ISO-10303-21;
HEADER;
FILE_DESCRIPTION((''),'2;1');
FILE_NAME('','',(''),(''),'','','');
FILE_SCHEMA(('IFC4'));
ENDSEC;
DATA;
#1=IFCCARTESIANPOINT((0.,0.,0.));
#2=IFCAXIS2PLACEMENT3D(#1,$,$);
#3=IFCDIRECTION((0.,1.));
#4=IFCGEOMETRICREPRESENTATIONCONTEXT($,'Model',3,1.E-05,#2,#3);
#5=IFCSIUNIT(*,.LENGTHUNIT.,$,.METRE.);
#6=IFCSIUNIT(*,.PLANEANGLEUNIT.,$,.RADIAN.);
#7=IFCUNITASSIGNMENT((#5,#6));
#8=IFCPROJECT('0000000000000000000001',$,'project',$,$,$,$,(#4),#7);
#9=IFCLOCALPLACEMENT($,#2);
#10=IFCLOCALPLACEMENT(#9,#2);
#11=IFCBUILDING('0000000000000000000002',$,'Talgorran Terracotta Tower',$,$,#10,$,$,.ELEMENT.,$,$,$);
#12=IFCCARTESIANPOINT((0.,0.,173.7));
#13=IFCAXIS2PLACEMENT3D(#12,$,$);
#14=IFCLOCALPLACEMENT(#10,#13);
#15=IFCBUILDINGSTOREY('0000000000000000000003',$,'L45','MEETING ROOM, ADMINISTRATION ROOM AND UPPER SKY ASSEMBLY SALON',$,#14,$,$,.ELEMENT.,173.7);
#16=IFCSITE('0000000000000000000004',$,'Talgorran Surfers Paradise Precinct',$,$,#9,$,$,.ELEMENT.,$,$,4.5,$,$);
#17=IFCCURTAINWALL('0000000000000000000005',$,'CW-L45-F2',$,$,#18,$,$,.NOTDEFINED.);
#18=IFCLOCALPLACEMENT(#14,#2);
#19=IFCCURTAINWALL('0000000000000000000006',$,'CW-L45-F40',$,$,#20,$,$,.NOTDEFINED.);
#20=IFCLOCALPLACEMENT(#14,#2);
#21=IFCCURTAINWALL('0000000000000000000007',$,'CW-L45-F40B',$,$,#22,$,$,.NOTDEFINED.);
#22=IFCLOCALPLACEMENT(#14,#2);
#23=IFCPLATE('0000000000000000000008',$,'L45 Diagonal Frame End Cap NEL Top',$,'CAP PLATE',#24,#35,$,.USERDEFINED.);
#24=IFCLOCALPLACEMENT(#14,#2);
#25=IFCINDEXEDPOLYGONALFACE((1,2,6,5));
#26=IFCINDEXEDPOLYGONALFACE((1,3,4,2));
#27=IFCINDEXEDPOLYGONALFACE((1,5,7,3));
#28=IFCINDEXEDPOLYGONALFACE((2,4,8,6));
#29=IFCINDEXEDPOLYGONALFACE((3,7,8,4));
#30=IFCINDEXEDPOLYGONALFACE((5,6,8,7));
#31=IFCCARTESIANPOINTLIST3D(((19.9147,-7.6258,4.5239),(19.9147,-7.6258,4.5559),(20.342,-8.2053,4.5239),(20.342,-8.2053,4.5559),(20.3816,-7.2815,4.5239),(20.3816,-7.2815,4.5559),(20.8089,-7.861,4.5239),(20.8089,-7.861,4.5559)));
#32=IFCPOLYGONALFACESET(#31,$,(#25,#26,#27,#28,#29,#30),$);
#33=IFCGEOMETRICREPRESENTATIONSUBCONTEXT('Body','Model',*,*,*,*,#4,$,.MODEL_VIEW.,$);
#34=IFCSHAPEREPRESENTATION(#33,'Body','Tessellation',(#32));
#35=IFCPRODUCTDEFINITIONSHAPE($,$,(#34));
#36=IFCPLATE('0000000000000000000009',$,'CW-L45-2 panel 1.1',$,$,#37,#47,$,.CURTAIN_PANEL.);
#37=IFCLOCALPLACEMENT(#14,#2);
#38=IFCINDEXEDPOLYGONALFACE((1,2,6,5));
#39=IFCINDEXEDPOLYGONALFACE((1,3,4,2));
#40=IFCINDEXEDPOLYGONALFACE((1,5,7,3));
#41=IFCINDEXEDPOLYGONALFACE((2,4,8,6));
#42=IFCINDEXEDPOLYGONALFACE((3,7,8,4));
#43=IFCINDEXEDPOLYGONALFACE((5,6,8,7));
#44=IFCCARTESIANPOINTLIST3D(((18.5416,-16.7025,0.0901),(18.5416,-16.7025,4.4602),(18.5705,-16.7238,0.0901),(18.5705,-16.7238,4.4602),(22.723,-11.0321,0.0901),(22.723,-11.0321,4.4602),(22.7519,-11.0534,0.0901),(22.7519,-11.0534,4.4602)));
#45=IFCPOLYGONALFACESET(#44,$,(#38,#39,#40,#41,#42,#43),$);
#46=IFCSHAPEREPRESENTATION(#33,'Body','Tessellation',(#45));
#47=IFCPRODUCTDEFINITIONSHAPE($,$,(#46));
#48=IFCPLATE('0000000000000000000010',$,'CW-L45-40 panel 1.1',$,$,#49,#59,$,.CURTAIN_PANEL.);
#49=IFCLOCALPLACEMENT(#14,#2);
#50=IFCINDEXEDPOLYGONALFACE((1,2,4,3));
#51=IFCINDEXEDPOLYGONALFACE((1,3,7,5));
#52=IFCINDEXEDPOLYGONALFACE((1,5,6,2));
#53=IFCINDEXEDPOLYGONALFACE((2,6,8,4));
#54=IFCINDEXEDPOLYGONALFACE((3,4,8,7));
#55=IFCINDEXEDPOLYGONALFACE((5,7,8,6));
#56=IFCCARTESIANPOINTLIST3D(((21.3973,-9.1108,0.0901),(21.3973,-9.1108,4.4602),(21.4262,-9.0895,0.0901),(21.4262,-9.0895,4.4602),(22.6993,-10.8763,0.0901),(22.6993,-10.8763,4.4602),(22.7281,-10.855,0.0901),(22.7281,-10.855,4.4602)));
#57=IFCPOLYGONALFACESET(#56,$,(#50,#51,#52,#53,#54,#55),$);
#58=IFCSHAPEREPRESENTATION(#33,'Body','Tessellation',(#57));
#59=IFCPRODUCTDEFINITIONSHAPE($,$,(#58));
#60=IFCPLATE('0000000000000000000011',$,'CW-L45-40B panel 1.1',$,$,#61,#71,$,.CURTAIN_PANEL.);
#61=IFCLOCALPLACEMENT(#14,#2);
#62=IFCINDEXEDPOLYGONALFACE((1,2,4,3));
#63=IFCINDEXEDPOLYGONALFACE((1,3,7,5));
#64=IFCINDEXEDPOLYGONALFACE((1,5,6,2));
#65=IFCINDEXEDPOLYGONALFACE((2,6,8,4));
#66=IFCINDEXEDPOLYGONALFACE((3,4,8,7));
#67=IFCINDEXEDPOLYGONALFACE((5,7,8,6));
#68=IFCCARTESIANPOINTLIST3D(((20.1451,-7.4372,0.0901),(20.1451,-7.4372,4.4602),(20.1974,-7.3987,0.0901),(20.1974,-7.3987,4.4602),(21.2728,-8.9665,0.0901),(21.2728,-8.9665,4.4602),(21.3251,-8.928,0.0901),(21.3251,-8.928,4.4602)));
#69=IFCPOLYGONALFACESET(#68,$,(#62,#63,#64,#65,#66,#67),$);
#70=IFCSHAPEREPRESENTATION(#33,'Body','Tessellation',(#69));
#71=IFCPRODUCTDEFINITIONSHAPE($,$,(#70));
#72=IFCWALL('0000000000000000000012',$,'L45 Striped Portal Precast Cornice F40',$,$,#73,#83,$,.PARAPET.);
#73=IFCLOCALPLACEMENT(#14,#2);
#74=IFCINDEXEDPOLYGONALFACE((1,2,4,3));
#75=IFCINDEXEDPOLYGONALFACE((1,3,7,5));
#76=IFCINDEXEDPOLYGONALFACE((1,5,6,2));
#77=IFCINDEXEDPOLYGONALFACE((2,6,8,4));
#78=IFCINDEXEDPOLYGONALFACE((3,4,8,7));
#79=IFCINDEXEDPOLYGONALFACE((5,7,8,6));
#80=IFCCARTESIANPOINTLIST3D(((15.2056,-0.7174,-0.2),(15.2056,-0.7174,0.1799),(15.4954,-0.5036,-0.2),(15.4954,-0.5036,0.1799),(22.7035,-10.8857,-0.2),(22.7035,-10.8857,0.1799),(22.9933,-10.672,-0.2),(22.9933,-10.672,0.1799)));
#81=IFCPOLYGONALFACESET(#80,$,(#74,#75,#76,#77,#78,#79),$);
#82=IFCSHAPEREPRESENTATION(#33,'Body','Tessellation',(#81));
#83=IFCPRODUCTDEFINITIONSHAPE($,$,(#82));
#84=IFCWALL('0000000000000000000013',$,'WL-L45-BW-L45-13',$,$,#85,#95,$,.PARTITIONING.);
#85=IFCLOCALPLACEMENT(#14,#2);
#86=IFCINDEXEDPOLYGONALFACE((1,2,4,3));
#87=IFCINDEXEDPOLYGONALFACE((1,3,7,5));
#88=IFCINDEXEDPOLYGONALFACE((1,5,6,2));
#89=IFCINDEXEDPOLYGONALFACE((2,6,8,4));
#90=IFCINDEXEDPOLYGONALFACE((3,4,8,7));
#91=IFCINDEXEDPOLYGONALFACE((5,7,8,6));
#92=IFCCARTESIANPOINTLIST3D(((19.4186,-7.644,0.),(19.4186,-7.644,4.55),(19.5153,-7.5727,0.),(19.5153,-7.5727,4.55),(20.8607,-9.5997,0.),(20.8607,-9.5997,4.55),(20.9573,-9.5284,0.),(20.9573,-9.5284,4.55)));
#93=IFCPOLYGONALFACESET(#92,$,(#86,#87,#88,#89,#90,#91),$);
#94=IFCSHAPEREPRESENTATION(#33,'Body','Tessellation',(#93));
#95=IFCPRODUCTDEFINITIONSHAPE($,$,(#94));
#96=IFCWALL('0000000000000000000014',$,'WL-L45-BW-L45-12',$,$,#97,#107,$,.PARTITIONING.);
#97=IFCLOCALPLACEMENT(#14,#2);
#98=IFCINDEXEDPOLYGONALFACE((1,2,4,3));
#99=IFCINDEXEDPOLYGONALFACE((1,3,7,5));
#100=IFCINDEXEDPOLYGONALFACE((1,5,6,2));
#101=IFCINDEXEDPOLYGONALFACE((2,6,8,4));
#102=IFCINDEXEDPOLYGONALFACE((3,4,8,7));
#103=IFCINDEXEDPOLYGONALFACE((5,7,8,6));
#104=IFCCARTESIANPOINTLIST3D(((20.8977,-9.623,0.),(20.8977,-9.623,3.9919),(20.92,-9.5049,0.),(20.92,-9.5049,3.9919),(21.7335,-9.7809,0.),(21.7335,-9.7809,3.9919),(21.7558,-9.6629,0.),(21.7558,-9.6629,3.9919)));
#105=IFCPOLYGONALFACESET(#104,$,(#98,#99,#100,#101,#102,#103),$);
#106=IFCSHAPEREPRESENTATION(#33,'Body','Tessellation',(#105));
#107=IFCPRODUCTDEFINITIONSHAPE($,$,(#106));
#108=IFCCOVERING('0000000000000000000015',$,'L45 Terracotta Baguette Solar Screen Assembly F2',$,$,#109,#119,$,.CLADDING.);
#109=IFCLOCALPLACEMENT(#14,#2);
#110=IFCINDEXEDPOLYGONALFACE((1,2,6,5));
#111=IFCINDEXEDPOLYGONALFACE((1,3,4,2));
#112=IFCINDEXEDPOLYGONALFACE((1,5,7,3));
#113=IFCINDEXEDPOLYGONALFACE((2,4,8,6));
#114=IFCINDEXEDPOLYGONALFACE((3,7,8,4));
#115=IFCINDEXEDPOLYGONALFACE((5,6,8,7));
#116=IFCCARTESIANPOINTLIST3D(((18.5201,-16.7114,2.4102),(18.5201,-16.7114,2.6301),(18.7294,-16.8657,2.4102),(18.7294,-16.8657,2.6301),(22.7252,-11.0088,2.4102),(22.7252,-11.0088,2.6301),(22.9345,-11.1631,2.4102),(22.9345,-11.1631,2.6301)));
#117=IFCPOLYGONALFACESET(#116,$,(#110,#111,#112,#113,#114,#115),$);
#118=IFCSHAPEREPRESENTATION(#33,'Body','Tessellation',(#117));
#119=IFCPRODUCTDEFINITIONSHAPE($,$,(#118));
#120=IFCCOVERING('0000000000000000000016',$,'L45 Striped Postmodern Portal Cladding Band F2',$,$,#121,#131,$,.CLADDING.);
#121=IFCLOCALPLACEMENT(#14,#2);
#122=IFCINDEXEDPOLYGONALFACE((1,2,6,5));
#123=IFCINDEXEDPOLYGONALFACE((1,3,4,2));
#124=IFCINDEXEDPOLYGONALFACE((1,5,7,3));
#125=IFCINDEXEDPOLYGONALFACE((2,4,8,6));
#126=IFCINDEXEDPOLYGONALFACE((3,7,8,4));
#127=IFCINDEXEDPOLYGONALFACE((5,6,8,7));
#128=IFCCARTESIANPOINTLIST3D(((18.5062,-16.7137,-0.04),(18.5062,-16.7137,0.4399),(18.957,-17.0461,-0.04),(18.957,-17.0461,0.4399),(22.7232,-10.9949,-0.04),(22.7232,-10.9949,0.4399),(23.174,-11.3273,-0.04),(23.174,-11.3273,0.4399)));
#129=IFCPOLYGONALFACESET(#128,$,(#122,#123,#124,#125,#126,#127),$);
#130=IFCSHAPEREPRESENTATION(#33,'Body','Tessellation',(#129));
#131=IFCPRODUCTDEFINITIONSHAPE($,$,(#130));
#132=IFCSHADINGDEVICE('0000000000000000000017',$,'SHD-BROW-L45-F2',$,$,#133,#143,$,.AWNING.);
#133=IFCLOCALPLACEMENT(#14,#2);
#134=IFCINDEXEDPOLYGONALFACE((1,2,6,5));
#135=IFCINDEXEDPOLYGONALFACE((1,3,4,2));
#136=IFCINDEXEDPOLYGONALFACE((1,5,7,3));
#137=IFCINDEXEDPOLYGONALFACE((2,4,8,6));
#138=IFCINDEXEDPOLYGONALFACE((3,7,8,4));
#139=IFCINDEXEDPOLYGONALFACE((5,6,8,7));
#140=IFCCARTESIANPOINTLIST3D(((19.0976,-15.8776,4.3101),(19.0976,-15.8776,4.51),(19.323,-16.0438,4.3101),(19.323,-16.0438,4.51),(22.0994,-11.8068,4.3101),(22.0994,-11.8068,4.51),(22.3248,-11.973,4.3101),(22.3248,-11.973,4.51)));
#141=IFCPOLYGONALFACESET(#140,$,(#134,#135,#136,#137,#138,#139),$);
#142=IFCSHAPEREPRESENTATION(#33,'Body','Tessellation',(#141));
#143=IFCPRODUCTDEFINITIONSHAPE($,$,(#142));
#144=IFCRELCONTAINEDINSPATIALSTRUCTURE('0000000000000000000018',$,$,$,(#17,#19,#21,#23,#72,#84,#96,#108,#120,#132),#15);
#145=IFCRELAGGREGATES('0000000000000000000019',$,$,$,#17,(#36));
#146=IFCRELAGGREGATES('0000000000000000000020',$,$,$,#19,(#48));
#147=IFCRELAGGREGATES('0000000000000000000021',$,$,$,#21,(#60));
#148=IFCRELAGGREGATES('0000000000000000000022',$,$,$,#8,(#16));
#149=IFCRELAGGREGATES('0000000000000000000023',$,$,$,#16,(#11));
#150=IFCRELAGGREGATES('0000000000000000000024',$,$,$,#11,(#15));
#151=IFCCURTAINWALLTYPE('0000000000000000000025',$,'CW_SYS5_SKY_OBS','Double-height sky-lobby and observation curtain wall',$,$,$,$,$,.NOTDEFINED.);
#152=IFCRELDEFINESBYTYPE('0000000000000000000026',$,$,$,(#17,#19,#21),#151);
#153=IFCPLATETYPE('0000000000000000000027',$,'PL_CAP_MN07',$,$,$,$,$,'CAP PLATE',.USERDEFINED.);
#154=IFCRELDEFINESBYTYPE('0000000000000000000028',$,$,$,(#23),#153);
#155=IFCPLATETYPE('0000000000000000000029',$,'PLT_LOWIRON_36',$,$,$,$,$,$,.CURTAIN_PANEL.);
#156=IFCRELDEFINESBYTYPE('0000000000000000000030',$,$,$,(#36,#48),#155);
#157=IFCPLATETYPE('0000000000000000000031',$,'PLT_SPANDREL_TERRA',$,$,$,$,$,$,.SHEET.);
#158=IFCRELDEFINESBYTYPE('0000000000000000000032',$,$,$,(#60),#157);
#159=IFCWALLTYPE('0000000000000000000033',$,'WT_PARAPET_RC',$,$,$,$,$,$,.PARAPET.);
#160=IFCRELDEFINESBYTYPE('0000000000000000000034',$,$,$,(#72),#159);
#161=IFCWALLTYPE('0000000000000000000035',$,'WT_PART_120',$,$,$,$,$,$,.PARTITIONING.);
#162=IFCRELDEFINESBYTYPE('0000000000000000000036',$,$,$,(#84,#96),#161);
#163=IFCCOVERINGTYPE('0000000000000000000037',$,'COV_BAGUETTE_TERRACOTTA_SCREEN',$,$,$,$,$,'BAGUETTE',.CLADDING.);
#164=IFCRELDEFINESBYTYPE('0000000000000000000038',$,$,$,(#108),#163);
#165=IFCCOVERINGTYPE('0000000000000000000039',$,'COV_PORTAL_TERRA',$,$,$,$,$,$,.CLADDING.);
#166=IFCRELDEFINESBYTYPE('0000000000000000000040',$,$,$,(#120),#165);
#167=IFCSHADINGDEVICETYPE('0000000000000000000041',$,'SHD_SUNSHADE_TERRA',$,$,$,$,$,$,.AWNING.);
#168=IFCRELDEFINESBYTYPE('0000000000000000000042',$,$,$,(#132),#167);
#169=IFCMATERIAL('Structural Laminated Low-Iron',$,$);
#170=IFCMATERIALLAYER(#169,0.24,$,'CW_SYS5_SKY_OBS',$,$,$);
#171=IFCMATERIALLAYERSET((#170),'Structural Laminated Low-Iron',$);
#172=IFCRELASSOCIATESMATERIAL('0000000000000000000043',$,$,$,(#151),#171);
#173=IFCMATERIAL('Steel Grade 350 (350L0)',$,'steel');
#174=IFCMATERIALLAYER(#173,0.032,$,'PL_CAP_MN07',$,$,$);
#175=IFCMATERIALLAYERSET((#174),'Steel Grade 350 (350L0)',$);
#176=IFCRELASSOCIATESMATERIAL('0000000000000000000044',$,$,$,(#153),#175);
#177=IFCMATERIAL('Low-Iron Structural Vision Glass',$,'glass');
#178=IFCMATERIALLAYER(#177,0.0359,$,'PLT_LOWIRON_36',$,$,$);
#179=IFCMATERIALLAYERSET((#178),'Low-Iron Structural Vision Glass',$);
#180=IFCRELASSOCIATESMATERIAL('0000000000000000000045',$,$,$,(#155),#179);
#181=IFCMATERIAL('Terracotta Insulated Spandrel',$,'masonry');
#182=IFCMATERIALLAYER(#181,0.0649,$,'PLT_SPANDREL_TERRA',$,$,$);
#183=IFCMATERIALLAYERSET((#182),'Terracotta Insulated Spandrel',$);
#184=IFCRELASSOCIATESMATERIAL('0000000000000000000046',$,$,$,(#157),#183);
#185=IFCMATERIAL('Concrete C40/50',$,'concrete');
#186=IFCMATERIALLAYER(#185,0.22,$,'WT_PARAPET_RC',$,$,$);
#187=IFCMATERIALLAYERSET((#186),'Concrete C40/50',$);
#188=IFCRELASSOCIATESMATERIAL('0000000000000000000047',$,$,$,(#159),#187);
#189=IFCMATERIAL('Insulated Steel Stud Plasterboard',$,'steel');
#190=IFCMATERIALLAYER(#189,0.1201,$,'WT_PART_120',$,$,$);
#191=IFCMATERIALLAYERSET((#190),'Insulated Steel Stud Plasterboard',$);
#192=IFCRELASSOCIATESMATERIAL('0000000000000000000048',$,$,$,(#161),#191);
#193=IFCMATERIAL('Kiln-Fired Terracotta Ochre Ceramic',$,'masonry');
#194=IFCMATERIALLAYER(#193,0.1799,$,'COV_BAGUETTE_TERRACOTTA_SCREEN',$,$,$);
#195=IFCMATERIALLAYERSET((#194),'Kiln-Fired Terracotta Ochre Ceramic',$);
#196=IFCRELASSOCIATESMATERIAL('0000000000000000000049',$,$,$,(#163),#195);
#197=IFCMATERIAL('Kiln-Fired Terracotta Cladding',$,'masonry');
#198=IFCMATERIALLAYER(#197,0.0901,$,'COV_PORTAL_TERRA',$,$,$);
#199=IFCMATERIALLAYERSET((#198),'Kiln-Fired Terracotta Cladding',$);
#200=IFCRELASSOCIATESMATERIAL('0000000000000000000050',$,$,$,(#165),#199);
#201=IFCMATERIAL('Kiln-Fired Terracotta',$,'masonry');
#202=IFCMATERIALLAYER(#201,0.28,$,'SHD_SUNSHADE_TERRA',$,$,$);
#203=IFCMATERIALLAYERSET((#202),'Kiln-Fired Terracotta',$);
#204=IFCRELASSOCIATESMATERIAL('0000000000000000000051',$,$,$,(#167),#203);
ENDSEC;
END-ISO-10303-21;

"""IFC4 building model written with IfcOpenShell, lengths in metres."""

from ifc_helpers import new_model, si_unit, direction, frame, frame_2d, origin, origin_2d, place, context, subcontext, project, spatial, rectangle, extrude, source, transform, mapped, material, layer, layer_set, type_object, type_shapes, element, aggregate, save


model = new_model("IFC4")

# Units and contexts
model_context = context("Model", 3, precision=1e-05, world=origin(), true_north=direction((0.0, 1.0)))
body_context = subcontext(model_context, "Body", "Model", "MODEL_VIEW")
ifc_project = project(units=[si_unit("LENGTHUNIT", "METRE"), si_unit("PLANEANGLEUNIT", "RADIAN")], contexts=[model_context])

# Site, building, storey
site_placement = place(None, origin())
site = spatial("IfcSite", under=ifc_project, at=site_placement, Name="Talgorran Surfers Paradise Precinct", CompositionType="ELEMENT", RefElevation=4.5)
building_placement = place(site_placement, origin())
building = spatial("IfcBuilding", under=site, at=building_placement, Name="Talgorran Terracotta Tower", CompositionType="ELEMENT")
storey_placement = place(building_placement, frame((0.0, 0.0, 173.7)))
storey = spatial("IfcBuildingStorey", under=building, at=storey_placement, Name="L45", Description="MEETING ROOM, ADMINISTRATION ROOM AND UPPER SKY ASSEMBLY SALON", CompositionType="ELEMENT", Elevation=173.7)

# Shared definitions
ifc_material_1 = material(Name="Steel Grade 350 (350L0)", Category="steel")

# Curtain wall
ifc_material_2 = material(Name="Structural Laminated Low-Iron")
ifc_layer_1 = layer(ifc_material_2, 0.24, Name="CW_SYS5_SKY_OBS")
ifc_layer_set_1 = layer_set([ifc_layer_1], Name="Structural Laminated Low-Iron")
curtain_wall_type = type_object("IfcCurtainWallType", Name="CW_SYS5_SKY_OBS", Description="Double-height sky-lobby and observation curtain wall", PredefinedType="NOTDEFINED", material=ifc_layer_set_1)
curtain_wall_1_placement = place(storey_placement, origin())
curtain_wall_1 = element("IfcCurtainWall", 1, at=curtain_wall_1_placement, inside=storey, type_object=curtain_wall_type, Name="CW-L45-F2", PredefinedType="NOTDEFINED")

# Curtain wall
curtain_wall_2_placement = place(storey_placement, origin())
curtain_wall_2 = element("IfcCurtainWall", 2, at=curtain_wall_2_placement, inside=storey, type_object=curtain_wall_type, Name="CW-L45-F40", PredefinedType="NOTDEFINED")

# Curtain wall
curtain_wall_3_placement = place(storey_placement, origin())
curtain_wall_3 = element("IfcCurtainWall", 3, at=curtain_wall_3_placement, inside=storey, type_object=curtain_wall_type, Name="CW-L45-F40B", PredefinedType="NOTDEFINED")

# Plate
ifc_layer_2 = layer(ifc_material_1, 0.032, Name="PL_CAP_MN07")
ifc_layer_set_2 = layer_set([ifc_layer_2], Name="Steel Grade 350 (350L0)")
plate_type_1 = type_object("IfcPlateType", Name="PL_CAP_MN07", ElementType="CAP PLATE", PredefinedType="USERDEFINED", material=ifc_layer_set_2)
for number, where, z_axis, x_axis, name in (
    (4, (20.3618, -7.7434, 4.5239), (0.0, 0.0, 1.0), (-0.593419, 0.804894, 0.0), "L45 Diagonal Frame End Cap NEL Top"),
):
    element("IfcPlate", number, at=place(storey_placement, frame(where, z_axis=z_axis, x_axis=x_axis)), inside=storey, type_object=plate_type_1, Name=name, ObjectType="CAP PLATE", PredefinedType="USERDEFINED", context=body_context, shape_type="SweptSolid", body=[
        extrude(rectangle(XDim=0.72, YDim=0.5801, at=origin_2d()), origin(), (0.0, 0.0, 1.0), 0.032),
    ])

# Plates
ifc_material_3 = material(Name="Low-Iron Structural Vision Glass", Category="glass")
ifc_layer_3 = layer(ifc_material_3, 0.0359, Name="PLT_LOWIRON_36")
ifc_layer_set_3 = layer_set([ifc_layer_3], Name="Low-Iron Structural Vision Glass")
plate_type_2 = type_object("IfcPlateType", Name="PLT_LOWIRON_36", PredefinedType="CURTAIN_PANEL", material=ifc_layer_set_3)
shared_shape_1 = source(origin(), body_context, "Body", "SweptSolid", [
    extrude(rectangle(XDim=7.0454, YDim=0.0359, at=origin_2d()), origin(), (0.0, 0.0, 1.0), 4.3701),
])
plate_1_placement = place(storey_placement, frame((20.6467, -13.8779, 0.0901), z_axis=(0.0, 0.0, 1.0), x_axis=(0.59349, 0.804841, 0.0)))
plate_1 = element("IfcPlate", 5, at=plate_1_placement, type_object=plate_type_2, Name="CW-L45-2 panel 1.1", PredefinedType="CURTAIN_PANEL", context=body_context, shape_type="MappedRepresentation", body=[
    mapped(shared_shape_1, transform((0.0, 0.0, 0.0), scale=1.0)),
])
aggregate(curtain_wall_1, [plate_1])
shared_shape_2 = source(origin(), body_context, "Body", "SweptSolid", [
    extrude(rectangle(XDim=2.1936, YDim=0.0359, at=origin_2d()), origin(), (0.0, 0.0, 1.0), 4.3701),
])
type_shapes(plate_type_2, [shared_shape_1, shared_shape_2])
plate_2_placement = place(storey_placement, frame((22.0627, -9.9829, 0.0901), z_axis=(0.0, 0.0, 1.0), x_axis=(-0.593509, 0.804827, 0.0)))
plate_2 = element("IfcPlate", 6, at=plate_2_placement, type_object=plate_type_2, Name="CW-L45-40 panel 1.1", PredefinedType="CURTAIN_PANEL", context=body_context, shape_type="MappedRepresentation", body=[
    mapped(shared_shape_2, transform((0.0, 0.0, 0.0), scale=1.0)),
])
aggregate(curtain_wall_2, [plate_2])
ifc_material_4 = material(Name="Terracotta Insulated Spandrel", Category="masonry")
ifc_layer_4 = layer(ifc_material_4, 0.0649, Name="PLT_SPANDREL_TERRA")
ifc_layer_set_4 = layer_set([ifc_layer_4], Name="Terracotta Insulated Spandrel")
plate_type_3 = type_object("IfcPlateType", Name="PLT_SPANDREL_TERRA", PredefinedType="SHEET", material=ifc_layer_set_4)
shared_shape_3 = source(origin(), body_context, "Body", "SweptSolid", [
    extrude(rectangle(XDim=1.9001, YDim=0.0649, at=origin_2d()), origin(), (0.0, 0.0, 1.0), 4.3701),
])
type_shapes(plate_type_3, [shared_shape_3])
plate_3_placement = place(storey_placement, frame((20.7351, -8.1826, 0.0901), z_axis=(0.0, 0.0, 1.0), x_axis=(-0.593504, 0.804831, 0.0)))
plate_3 = element("IfcPlate", 7, at=plate_3_placement, type_object=plate_type_3, Name="CW-L45-40B panel 1.1", PredefinedType="CURTAIN_PANEL", context=body_context, shape_type="MappedRepresentation", body=[
    mapped(shared_shape_3, transform((0.0, 0.0, 0.0), scale=1.0)),
])
aggregate(curtain_wall_3, [plate_3])

# Walls
ifc_material_5 = material(Name="Concrete C40/50", Category="concrete")
ifc_layer_5 = layer(ifc_material_5, 0.22, Name="WT_PARAPET_RC")
ifc_layer_set_5 = layer_set([ifc_layer_5], Name="Concrete C40/50")
wall_type_1 = type_object("IfcWallType", Name="WT_PARAPET_RC", PredefinedType="PARAPET", material=ifc_layer_set_5)
wall_1_placement = place(storey_placement, frame((22.8484, -10.7788, -0.2), z_axis=(0.0, 0.0, 1.0), x_axis=(-0.593478, 0.80485, 0.0)))
element("IfcWall", 8, at=wall_1_placement, inside=storey, type_object=wall_type_1, Name="L45 Striped Portal Precast Cornice F40", PredefinedType="PARAPET", context=body_context, shape_type="SweptSolid", body=[
    extrude(rectangle(XDim=12.6338, YDim=0.3601, at=frame_2d((6.3169, 0.0))), origin(), (0.0, 0.0, 1.0), 0.3799),
])
ifc_material_6 = material(Name="Insulated Steel Stud Plasterboard", Category="steel")
ifc_layer_6 = layer(ifc_material_6, 0.1201, Name="WT_PART_120")
ifc_layer_set_6 = layer_set([ifc_layer_6], Name="Insulated Steel Stud Plasterboard")
wall_type_2 = type_object("IfcWallType", Name="WT_PART_120", PredefinedType="PARTITIONING", material=ifc_layer_set_6)
wall_2_placement = place(storey_placement, frame((20.9089, -9.564, 0.0), z_axis=(0.0, 0.0, 1.0), x_axis=(-0.59347, 0.804856, 0.0)))
element("IfcWall", 9, at=wall_2_placement, inside=storey, type_object=wall_type_2, Name="WL-L45-BW-L45-13", PredefinedType="PARTITIONING", context=body_context, shape_type="SweptSolid", body=[
    extrude(rectangle(XDim=2.4299, YDim=0.1201, at=frame_2d((1.2148, 0.0))), origin(), (0.0, 0.0, 1.0), 4.55),
])
wall_3_placement = place(storey_placement, frame((21.7446, -9.7219, 0.0), z_axis=(0.0, 0.0, 1.0), x_axis=(-0.982601, 0.185727, 0.0)))
element("IfcWall", 10, at=wall_3_placement, inside=storey, type_object=wall_type_2, Name="WL-L45-BW-L45-12", PredefinedType="PARTITIONING", context=body_context, shape_type="SweptSolid", body=[
    extrude(rectangle(XDim=0.8506, YDim=0.1201, at=frame_2d((0.4253, 0.0))), origin(), (0.0, 0.0, 1.0), 3.9919),
])

# Coverings
ifc_material_7 = material(Name="Kiln-Fired Terracotta Ochre Ceramic", Category="masonry")
ifc_layer_7 = layer(ifc_material_7, 0.1799, Name="COV_BAGUETTE_TERRACOTTA_SCREEN")
ifc_layer_set_7 = layer_set([ifc_layer_7], Name="Kiln-Fired Terracotta Ochre Ceramic")
covering_type_1 = type_object("IfcCoveringType", Name="COV_BAGUETTE_TERRACOTTA_SCREEN", ElementType="BAGUETTE", PredefinedType="CLADDING", material=ifc_layer_set_7)
covering_1_placement = place(storey_placement, frame((20.7273, -13.9373, 2.4102), z_axis=(0.0, 0.0, 1.0), x_axis=(0.593489, 0.804842, 0.0)))
element("IfcCovering", 11, at=covering_1_placement, inside=storey, type_object=covering_type_1, Name="L45 Terracotta Baguette Solar Screen Assembly F2", PredefinedType="CLADDING", context=body_context, shape_type="SweptSolid", body=[
    extrude(rectangle(XDim=7.0854, YDim=0.26, at=origin_2d()), origin(), (0.0, 0.0, 1.0), 0.22),
])
ifc_material_8 = material(Name="Kiln-Fired Terracotta Cladding", Category="masonry")
ifc_layer_8 = layer(ifc_material_8, 0.0901, Name="COV_PORTAL_TERRA")
ifc_layer_set_8 = layer_set([ifc_layer_8], Name="Kiln-Fired Terracotta Cladding")
covering_type_2 = type_object("IfcCoveringType", Name="COV_PORTAL_TERRA", PredefinedType="CLADDING", material=ifc_layer_set_8)
covering_2_placement = place(storey_placement, frame((20.8401, -14.0205, -0.04), z_axis=(0.0, 0.0, 1.0), x_axis=(0.593489, 0.804842, 0.0)))
element("IfcCovering", 12, at=covering_2_placement, inside=storey, type_object=covering_type_2, Name="L45 Striped Postmodern Portal Cladding Band F2", PredefinedType="CLADDING", context=body_context, shape_type="SweptSolid", body=[
    extrude(rectangle(XDim=7.1055, YDim=0.5601, at=origin_2d()), origin(), (0.0, 0.0, 1.0), 0.48),
])

# Shading device
ifc_material_9 = material(Name="Kiln-Fired Terracotta", Category="masonry")
ifc_layer_9 = layer(ifc_material_9, 0.28, Name="SHD_SUNSHADE_TERRA")
ifc_layer_set_9 = layer_set([ifc_layer_9], Name="Kiln-Fired Terracotta")
shading_device_type = type_object("IfcShadingDeviceType", Name="SHD_SUNSHADE_TERRA", PredefinedType="AWNING", material=ifc_layer_set_9)
shared_shape_4 = source(origin(), body_context, "Body", "SweptSolid", [
    extrude(rectangle(XDim=5.0579, YDim=0.28, at=origin_2d()), origin(), (0.0, 0.0, 1.0), 0.2),
])
type_shapes(shading_device_type, [shared_shape_4])
shading_device_placement = place(storey_placement, frame((20.7112, -13.9253, 4.3101), z_axis=(0.0, 0.0, 1.0), x_axis=(0.593489, 0.804842, 0.0)))
element("IfcShadingDevice", 13, at=shading_device_placement, inside=storey, type_object=shading_device_type, Name="SHD-BROW-L45-F2", PredefinedType="AWNING", context=body_context, shape_type="MappedRepresentation", body=[
    mapped(shared_shape_4, transform((0.0, 0.0, 0.0), scale=1.0)),
])

save(model, "model.ifc")
